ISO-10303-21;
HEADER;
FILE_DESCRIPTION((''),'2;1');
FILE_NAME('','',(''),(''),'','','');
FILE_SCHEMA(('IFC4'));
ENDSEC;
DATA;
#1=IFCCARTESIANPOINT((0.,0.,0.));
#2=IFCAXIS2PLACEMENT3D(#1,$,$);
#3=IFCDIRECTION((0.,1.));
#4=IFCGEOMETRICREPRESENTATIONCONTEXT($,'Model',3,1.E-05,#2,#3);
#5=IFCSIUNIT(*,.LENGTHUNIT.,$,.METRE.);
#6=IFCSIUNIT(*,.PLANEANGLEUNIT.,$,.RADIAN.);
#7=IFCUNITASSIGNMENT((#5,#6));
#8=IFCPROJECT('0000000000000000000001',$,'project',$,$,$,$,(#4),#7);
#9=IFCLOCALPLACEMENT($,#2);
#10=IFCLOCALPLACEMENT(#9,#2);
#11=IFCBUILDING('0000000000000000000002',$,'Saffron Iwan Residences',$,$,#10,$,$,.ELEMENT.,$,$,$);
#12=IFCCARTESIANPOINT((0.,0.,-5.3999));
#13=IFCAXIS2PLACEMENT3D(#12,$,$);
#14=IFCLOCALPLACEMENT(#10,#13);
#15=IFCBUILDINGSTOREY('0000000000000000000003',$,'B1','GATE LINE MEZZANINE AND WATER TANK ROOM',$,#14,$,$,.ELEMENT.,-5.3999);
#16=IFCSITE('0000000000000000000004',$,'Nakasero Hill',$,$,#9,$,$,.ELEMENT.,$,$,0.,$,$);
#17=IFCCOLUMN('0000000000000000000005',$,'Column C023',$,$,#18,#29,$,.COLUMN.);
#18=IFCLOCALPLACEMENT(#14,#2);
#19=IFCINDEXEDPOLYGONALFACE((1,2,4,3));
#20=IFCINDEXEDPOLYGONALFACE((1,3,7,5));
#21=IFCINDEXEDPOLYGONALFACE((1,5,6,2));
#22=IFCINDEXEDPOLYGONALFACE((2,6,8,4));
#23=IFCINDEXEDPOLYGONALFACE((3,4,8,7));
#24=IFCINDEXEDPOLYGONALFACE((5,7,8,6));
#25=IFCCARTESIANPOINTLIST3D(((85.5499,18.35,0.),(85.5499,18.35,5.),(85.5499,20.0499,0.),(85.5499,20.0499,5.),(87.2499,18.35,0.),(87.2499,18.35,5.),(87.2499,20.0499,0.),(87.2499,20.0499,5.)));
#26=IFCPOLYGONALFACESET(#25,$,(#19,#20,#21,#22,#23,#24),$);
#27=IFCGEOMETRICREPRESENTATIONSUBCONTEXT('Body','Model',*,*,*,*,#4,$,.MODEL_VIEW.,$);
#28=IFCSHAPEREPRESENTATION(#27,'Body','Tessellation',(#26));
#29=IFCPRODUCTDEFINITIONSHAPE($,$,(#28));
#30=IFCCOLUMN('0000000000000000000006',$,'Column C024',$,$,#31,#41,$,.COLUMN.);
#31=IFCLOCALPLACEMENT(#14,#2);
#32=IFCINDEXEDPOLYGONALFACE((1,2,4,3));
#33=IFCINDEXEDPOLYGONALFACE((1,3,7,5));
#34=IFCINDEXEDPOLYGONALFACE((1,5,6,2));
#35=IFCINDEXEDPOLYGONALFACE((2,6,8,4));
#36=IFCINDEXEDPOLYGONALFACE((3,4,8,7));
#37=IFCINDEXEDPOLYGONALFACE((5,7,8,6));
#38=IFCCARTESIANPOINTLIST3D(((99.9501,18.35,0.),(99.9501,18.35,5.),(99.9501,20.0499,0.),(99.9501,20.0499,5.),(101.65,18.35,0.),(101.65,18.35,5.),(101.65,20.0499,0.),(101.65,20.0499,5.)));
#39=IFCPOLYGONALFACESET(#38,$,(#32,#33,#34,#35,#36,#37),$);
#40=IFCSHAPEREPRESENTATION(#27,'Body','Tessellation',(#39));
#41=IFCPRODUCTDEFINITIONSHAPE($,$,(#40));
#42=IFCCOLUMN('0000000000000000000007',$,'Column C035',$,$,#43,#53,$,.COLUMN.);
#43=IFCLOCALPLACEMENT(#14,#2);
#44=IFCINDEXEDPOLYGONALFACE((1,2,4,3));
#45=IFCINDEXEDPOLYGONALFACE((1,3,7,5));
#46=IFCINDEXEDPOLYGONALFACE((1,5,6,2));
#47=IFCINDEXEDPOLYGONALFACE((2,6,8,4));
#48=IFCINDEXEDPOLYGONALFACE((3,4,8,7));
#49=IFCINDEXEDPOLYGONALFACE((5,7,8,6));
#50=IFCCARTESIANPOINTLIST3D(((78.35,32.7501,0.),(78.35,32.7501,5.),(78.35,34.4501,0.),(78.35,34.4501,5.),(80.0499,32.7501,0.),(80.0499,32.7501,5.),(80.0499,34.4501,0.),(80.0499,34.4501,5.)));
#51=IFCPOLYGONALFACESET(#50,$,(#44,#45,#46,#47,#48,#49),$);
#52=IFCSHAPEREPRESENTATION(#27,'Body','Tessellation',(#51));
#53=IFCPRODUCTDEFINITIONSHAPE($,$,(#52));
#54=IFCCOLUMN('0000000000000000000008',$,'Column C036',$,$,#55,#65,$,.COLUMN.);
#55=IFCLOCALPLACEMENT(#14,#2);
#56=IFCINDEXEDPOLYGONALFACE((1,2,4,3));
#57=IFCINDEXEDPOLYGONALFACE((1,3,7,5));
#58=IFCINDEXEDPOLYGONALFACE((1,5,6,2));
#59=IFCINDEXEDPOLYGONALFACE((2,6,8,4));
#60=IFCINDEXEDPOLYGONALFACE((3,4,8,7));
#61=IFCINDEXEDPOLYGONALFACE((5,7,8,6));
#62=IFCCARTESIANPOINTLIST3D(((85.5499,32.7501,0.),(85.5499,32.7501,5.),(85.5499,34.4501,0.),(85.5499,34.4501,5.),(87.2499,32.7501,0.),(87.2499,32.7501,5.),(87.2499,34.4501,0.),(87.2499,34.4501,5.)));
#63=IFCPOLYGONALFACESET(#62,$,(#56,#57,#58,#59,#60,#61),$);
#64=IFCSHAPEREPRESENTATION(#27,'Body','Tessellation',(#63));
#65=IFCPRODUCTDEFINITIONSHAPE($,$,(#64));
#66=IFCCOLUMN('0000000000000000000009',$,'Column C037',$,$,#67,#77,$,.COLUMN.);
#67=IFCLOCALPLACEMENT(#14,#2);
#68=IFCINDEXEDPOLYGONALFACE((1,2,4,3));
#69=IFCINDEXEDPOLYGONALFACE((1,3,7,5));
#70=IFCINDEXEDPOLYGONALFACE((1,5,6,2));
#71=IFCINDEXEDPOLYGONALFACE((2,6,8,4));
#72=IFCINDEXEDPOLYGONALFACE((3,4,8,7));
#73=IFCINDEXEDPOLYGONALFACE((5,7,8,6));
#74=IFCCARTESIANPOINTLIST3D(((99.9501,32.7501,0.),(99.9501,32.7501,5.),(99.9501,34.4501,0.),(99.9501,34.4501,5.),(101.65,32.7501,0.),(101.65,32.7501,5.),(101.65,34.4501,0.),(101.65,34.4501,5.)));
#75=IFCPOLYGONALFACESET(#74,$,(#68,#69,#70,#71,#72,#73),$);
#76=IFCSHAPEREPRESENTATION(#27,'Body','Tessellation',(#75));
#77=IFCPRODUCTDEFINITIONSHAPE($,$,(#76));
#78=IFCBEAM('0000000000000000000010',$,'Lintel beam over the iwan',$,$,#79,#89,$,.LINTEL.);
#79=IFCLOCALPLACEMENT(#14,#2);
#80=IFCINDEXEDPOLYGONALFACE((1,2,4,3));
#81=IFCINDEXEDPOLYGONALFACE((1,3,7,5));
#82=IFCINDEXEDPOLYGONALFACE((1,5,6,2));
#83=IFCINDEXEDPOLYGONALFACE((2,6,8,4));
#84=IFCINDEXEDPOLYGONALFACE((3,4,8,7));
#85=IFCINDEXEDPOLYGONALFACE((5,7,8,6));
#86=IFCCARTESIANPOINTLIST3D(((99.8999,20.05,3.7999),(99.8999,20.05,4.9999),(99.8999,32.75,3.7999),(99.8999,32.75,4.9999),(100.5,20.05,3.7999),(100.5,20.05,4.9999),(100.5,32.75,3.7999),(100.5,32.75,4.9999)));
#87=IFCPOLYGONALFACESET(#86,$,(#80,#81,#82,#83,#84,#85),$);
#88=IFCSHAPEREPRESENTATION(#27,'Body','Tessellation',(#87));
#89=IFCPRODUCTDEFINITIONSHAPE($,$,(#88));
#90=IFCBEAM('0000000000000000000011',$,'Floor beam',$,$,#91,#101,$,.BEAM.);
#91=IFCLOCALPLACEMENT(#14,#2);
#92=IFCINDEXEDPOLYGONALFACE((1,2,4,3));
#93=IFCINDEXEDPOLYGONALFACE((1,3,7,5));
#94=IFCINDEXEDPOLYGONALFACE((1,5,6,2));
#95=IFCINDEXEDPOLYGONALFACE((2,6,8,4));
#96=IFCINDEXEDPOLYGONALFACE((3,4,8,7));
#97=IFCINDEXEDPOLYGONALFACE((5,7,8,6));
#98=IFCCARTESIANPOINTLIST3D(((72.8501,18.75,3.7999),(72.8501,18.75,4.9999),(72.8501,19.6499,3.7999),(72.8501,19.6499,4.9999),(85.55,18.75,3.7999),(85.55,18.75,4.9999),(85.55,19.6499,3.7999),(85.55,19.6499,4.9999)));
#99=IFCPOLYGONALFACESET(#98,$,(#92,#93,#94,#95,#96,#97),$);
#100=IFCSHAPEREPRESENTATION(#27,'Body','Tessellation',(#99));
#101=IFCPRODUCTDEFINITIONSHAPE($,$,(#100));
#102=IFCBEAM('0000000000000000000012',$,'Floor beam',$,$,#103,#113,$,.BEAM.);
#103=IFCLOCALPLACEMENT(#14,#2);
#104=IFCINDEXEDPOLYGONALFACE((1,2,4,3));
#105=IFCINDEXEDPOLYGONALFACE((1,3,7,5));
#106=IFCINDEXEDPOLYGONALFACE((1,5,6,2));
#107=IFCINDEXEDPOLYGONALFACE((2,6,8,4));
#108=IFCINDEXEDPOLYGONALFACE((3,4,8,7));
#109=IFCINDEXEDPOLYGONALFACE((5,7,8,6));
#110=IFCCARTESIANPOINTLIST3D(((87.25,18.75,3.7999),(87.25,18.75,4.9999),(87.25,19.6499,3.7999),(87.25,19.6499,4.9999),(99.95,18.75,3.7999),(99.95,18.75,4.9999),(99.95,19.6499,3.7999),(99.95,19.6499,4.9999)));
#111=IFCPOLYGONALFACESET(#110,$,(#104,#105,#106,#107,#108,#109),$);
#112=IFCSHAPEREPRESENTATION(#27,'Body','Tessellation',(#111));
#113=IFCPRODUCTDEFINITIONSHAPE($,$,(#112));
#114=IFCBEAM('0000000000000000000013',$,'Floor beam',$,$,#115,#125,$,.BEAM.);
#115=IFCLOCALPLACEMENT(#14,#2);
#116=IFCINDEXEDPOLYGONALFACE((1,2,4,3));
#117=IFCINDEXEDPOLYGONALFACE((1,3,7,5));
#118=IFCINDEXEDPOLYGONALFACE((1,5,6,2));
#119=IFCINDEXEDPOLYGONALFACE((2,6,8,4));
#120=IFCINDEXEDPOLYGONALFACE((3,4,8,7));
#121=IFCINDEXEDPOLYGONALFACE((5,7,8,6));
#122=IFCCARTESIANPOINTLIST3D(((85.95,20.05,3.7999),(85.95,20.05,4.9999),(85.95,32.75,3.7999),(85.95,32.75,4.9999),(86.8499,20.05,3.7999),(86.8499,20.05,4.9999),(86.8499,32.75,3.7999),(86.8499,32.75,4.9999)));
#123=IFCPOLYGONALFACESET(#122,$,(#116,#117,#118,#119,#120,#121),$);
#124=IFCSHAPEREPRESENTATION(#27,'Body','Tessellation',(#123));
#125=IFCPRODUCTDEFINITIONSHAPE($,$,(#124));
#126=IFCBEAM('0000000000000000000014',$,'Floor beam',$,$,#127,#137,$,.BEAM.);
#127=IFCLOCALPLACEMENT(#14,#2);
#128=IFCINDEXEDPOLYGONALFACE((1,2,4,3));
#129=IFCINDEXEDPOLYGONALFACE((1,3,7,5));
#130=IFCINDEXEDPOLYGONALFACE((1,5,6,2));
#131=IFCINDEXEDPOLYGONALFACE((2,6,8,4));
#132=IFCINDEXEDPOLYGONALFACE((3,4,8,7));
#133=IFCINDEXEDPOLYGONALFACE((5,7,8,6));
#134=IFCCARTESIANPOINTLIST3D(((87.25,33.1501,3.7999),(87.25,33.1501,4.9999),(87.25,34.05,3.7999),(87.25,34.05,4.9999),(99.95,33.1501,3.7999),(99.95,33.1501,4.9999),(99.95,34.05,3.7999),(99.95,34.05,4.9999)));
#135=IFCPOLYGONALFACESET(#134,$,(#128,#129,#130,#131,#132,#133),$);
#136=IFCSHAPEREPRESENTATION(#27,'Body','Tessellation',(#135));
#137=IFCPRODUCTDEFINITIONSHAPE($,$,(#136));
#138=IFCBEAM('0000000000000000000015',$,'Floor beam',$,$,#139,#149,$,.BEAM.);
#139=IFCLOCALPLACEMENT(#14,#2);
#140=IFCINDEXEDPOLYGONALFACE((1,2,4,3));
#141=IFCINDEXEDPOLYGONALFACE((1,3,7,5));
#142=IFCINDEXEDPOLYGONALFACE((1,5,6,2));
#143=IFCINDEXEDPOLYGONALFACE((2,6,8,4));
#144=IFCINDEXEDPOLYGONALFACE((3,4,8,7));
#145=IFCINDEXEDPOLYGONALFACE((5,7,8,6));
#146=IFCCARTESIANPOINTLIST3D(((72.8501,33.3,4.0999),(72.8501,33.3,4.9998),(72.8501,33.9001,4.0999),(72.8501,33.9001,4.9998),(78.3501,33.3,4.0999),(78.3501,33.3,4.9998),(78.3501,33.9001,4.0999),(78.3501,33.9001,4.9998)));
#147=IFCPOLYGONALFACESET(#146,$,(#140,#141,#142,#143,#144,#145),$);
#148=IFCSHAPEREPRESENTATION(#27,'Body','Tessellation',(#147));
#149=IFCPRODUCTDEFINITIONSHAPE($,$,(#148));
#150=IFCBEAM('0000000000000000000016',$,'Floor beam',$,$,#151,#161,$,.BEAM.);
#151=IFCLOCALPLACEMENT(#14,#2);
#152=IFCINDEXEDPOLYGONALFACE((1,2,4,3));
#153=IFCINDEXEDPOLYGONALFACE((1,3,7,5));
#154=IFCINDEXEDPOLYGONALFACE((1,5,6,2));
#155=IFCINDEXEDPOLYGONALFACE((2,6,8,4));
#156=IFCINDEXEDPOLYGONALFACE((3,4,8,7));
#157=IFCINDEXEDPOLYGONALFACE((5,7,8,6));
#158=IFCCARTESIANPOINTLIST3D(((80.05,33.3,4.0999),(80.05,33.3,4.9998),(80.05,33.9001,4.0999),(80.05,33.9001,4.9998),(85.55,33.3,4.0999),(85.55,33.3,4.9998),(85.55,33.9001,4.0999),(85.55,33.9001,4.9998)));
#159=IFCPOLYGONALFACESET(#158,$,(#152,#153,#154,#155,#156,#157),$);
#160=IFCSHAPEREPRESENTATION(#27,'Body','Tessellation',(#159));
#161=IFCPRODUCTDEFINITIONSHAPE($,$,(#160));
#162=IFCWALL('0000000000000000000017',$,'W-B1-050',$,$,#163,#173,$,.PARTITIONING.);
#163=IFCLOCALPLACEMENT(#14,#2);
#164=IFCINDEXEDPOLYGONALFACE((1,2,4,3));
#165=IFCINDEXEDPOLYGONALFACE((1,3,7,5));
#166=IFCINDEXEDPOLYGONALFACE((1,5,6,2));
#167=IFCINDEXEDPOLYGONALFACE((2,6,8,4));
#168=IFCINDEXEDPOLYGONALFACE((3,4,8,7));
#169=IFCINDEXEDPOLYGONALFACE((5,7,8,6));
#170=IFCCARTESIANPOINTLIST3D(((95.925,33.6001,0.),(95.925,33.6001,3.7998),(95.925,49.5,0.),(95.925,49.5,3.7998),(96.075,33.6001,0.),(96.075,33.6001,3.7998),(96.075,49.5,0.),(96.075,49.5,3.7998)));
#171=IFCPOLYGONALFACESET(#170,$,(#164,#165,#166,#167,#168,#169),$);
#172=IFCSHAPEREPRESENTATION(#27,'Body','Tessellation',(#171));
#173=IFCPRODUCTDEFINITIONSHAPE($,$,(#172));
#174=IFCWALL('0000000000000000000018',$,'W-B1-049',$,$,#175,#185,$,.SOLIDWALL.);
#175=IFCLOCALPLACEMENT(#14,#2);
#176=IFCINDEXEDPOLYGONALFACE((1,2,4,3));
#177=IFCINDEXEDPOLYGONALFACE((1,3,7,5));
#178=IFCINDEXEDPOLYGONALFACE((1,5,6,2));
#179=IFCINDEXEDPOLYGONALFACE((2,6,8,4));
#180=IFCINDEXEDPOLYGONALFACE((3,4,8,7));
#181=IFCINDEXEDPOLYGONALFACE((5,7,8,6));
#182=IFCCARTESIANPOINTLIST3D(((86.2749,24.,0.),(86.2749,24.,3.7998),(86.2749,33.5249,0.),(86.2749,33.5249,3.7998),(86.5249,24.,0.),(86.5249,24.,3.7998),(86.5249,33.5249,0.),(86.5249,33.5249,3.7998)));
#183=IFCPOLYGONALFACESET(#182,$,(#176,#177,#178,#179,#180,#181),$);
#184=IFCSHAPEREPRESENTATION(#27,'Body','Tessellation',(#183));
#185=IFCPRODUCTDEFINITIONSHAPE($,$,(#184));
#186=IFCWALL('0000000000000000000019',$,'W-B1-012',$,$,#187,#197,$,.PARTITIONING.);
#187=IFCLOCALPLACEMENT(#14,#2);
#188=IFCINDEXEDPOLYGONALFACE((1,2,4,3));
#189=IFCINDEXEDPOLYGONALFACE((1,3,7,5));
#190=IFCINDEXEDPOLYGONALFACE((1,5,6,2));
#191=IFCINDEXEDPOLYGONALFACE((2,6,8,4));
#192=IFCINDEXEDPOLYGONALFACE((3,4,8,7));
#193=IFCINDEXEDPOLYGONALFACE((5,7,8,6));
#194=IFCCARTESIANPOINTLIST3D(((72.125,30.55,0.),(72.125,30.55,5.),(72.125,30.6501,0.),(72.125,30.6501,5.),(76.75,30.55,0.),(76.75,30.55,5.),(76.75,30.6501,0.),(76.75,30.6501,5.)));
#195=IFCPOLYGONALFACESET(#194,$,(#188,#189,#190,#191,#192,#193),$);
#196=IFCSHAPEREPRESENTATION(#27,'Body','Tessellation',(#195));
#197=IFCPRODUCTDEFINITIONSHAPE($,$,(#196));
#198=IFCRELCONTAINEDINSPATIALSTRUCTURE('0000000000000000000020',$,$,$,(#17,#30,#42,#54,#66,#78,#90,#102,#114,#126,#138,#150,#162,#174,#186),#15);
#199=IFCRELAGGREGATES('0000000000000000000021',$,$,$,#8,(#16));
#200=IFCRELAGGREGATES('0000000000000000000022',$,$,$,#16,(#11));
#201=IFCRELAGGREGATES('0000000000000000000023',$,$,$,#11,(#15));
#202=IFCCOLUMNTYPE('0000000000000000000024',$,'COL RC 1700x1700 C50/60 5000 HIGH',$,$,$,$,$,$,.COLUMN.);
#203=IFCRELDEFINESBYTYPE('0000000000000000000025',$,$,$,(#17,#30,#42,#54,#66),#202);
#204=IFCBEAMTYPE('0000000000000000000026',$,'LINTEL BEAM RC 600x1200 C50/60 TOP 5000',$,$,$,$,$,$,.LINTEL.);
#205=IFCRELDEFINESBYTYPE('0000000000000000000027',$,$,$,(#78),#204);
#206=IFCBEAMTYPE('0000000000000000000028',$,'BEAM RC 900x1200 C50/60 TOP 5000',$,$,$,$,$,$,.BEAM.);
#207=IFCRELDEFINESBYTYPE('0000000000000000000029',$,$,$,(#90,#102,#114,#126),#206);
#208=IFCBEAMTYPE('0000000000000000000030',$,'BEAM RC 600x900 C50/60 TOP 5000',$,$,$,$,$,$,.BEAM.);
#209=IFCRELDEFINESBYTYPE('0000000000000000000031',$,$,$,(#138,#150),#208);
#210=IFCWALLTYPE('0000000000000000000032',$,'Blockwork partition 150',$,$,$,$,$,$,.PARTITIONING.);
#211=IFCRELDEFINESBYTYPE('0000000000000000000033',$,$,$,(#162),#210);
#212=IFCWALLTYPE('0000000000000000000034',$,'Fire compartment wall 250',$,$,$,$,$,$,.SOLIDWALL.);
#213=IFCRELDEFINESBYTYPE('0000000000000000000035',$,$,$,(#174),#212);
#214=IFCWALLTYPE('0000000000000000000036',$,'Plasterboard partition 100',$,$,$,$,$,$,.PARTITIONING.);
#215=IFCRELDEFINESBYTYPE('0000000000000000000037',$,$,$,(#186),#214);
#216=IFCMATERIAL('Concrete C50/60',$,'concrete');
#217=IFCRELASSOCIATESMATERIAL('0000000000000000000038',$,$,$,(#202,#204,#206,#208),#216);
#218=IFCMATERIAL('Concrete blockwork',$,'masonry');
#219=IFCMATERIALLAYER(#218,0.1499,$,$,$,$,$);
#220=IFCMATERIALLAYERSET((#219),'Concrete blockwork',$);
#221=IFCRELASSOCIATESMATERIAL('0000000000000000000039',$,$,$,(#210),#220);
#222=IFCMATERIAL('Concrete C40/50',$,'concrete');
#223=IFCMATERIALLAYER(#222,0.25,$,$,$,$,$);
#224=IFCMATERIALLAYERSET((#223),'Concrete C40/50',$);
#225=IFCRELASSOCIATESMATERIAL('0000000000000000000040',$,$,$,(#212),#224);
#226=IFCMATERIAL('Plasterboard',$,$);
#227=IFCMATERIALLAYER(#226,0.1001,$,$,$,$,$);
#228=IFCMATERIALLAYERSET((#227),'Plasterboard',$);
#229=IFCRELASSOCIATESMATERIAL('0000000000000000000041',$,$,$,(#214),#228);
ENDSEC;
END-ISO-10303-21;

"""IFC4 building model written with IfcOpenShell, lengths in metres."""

from ifc_helpers import new_model, si_unit, direction, frame, frame_2d, origin, origin_2d, place, context, subcontext, project, spatial, rectangle, extrude, source, transform, mapped, material, layer, layer_set, material_profile, profile_set, type_object, element, save


model = new_model("IFC4")

# Units and contexts
model_context = context("Model", 3, precision=1e-05, world=origin(), true_north=direction((0.0, 1.0)))
body_context = subcontext(model_context, "Body", "Model", "MODEL_VIEW")
ifc_project = project(units=[si_unit("LENGTHUNIT", "METRE"), si_unit("PLANEANGLEUNIT", "RADIAN")], contexts=[model_context])

# Site, building, storey
site_placement = place(None, origin())
site = spatial("IfcSite", under=ifc_project, at=site_placement, Name="Nakasero Hill", CompositionType="ELEMENT", RefElevation=0.0)
building_placement = place(site_placement, origin())
building = spatial("IfcBuilding", under=site, at=building_placement, Name="Saffron Iwan Residences", CompositionType="ELEMENT")
storey_placement = place(building_placement, frame((0.0, 0.0, -5.3999)))
storey = spatial("IfcBuildingStorey", under=building, at=storey_placement, Name="B1", Description="GATE LINE MEZZANINE AND WATER TANK ROOM", CompositionType="ELEMENT", Elevation=-5.3999)

# Columns
ifc_material_1 = material(Name="Concrete C50/60", Category="concrete")
ifc_material_profile_1 = material_profile(ifc_material_1, rectangle(XDim=1.7, YDim=1.7, at=origin_2d()), Name="RC 1700x1700")
ifc_profile_set_1 = profile_set([ifc_material_profile_1], Name="Concrete C50/60")
column_type = type_object("IfcColumnType", Name="COL RC 1700x1700 C50/60 5000 HIGH", PredefinedType="COLUMN", material=ifc_profile_set_1)
shared_shape_1 = source(origin(), body_context, "Body", "SweptSolid", [
    extrude(rectangle(XDim=1.7, YDim=1.7, at=origin_2d()), origin(), (0.0, 0.0, 1.0), 5.0),
])
for number, where, z_axis, x_axis, name in (
    (1, (86.3999, 19.2, 0.0), (0.0, 0.0, 1.0), (1.0, 0.0, 0.0), "Column C023"),
    (2, (100.8, 19.2, 0.0), (0.0, 0.0, 1.0), (1.0, 0.0, 0.0), "Column C024"),
    (3, (79.2, 33.6001, 0.0), (0.0, 0.0, 1.0), (1.0, 0.0, 0.0), "Column C035"),
    (4, (86.3999, 33.6001, 0.0), (0.0, 0.0, 1.0), (1.0, 0.0, 0.0), "Column C036"),
    (5, (100.8, 33.6001, 0.0), (0.0, 0.0, 1.0), (1.0, 0.0, 0.0), "Column C037"),
):
    element("IfcColumn", number, at=place(storey_placement, frame(where, z_axis=z_axis, x_axis=x_axis)), inside=storey, type_object=column_type, Name=name, PredefinedType="COLUMN", context=body_context, shape_type="MappedRepresentation", body=[
        mapped(shared_shape_1, transform((0.0, 0.0, 0.0))),
    ])

# Beams
ifc_material_profile_2 = material_profile(ifc_material_1, rectangle(XDim=0.6001, YDim=1.2, at=origin_2d()), Name="RC 600x1200")
ifc_profile_set_2 = profile_set([ifc_material_profile_2], Name="Concrete C50/60")
beam_type_1 = type_object("IfcBeamType", Name="LINTEL BEAM RC 600x1200 C50/60 TOP 5000", PredefinedType="LINTEL", material=ifc_profile_set_2)
shared_shape_2 = source(origin(), body_context, "Body", "SweptSolid", [
    extrude(rectangle(XDim=0.6001, YDim=1.2, at=origin_2d()), origin(), (0.0, 0.0, 1.0), 12.7),
])
beam_placement = place(storey_placement, frame((100.2, 32.75, 4.3999), z_axis=(0.0, -1.0, 0.0), x_axis=(1.0, 0.0, 0.0)))
element("IfcBeam", 6, at=beam_placement, inside=storey, type_object=beam_type_1, Name="Lintel beam over the iwan", PredefinedType="LINTEL", context=body_context, shape_type="MappedRepresentation", body=[
    mapped(shared_shape_2, transform((0.0, 0.0, 0.0))),
])
ifc_material_profile_3 = material_profile(ifc_material_1, rectangle(XDim=0.8999, YDim=1.2, at=origin_2d()), Name="RC 900x1200")
ifc_profile_set_3 = profile_set([ifc_material_profile_3], Name="Concrete C50/60")
beam_type_2 = type_object("IfcBeamType", Name="BEAM RC 900x1200 C50/60 TOP 5000", PredefinedType="BEAM", material=ifc_profile_set_3)
shared_shape_3 = source(origin(), body_context, "Body", "SweptSolid", [
    extrude(rectangle(XDim=0.8999, YDim=1.2, at=origin_2d()), origin(), (0.0, 0.0, 1.0), 12.7),
])
for number, where, z_axis, x_axis, name in (
    (7, (72.8501, 19.2, 4.3999), (1.0, 0.0, 0.0), (0.0, 1.0, 0.0), "Floor beam"),
    (8, (87.25, 19.2, 4.3999), (1.0, 0.0, 0.0), (0.0, 1.0, 0.0), "Floor beam"),
    (9, (86.3999, 20.05, 4.3999), (0.0, 1.0, 0.0), (-1.0, 0.0, 0.0), "Floor beam"),
    (10, (87.25, 33.6001, 4.3999), (1.0, 0.0, 0.0), (0.0, 1.0, 0.0), "Floor beam"),
):
    element("IfcBeam", number, at=place(storey_placement, frame(where, z_axis=z_axis, x_axis=x_axis)), inside=storey, type_object=beam_type_2, Name=name, PredefinedType="BEAM", context=body_context, shape_type="MappedRepresentation", body=[
        mapped(shared_shape_3, transform((0.0, 0.0, 0.0))),
    ])
ifc_material_profile_4 = material_profile(ifc_material_1, rectangle(XDim=0.6001, YDim=0.8999, at=origin_2d()), Name="RC 600x900")
ifc_profile_set_4 = profile_set([ifc_material_profile_4], Name="Concrete C50/60")
beam_type_3 = type_object("IfcBeamType", Name="BEAM RC 600x900 C50/60 TOP 5000", PredefinedType="BEAM", material=ifc_profile_set_4)
shared_shape_4 = source(origin(), body_context, "Body", "SweptSolid", [
    extrude(rectangle(XDim=0.6001, YDim=0.8999, at=origin_2d()), origin(), (0.0, 0.0, 1.0), 5.5),
])
for number, where, z_axis, x_axis, name in (
    (11, (72.8501, 33.6001, 4.5498), (1.0, 0.0, 0.0), (0.0, 1.0, 0.0), "Floor beam"),
    (12, (80.05, 33.6001, 4.5498), (1.0, 0.0, 0.0), (0.0, 1.0, 0.0), "Floor beam"),
):
    element("IfcBeam", number, at=place(storey_placement, frame(where, z_axis=z_axis, x_axis=x_axis)), inside=storey, type_object=beam_type_3, Name=name, PredefinedType="BEAM", context=body_context, shape_type="MappedRepresentation", body=[
        mapped(shared_shape_4, transform((0.0, 0.0, 0.0))),
    ])

# Walls
ifc_material_2 = material(Name="Concrete blockwork", Category="masonry")
ifc_layer_1 = layer(ifc_material_2, 0.1499)
ifc_layer_set_1 = layer_set([ifc_layer_1], Name="Concrete blockwork")
wall_type_1 = type_object("IfcWallType", Name="Blockwork partition 150", PredefinedType="PARTITIONING", material=ifc_layer_set_1)
wall_1_placement = place(storey_placement, frame((96.0, 33.6001, 0.0), z_axis=(0.0, 0.0, 1.0), x_axis=(0.0, 1.0, 0.0)))
element("IfcWall", 13, at=wall_1_placement, inside=storey, type_object=wall_type_1, Name="W-B1-050", PredefinedType="PARTITIONING", context=body_context, shape_type="SweptSolid", body=[
    extrude(rectangle(XDim=15.8999, YDim=0.1499, at=frame_2d((7.95, 0.0))), origin(), (0.0, 0.0, 1.0), 3.7998),
])
ifc_material_3 = material(Name="Concrete C40/50", Category="concrete")
ifc_layer_2 = layer(ifc_material_3, 0.25)
ifc_layer_set_2 = layer_set([ifc_layer_2], Name="Concrete C40/50")
wall_type_2 = type_object("IfcWallType", Name="Fire compartment wall 250", PredefinedType="SOLIDWALL", material=ifc_layer_set_2)
wall_2_placement = place(storey_placement, frame((86.3999, 24.0, 0.0), z_axis=(0.0, 0.0, 1.0), x_axis=(0.0, 1.0, 0.0)))
element("IfcWall", 14, at=wall_2_placement, inside=storey, type_object=wall_type_2, Name="W-B1-049", PredefinedType="SOLIDWALL", context=body_context, shape_type="SweptSolid", body=[
    extrude(rectangle(XDim=9.5249, YDim=0.25, at=frame_2d((4.7625, 0.0))), origin(), (0.0, 0.0, 1.0), 3.7998),
])
ifc_material_4 = material(Name="Plasterboard")
ifc_layer_3 = layer(ifc_material_4, 0.1001)
ifc_layer_set_3 = layer_set([ifc_layer_3], Name="Plasterboard")
wall_type_3 = type_object("IfcWallType", Name="Plasterboard partition 100", PredefinedType="PARTITIONING", material=ifc_layer_set_3)
wall_3_placement = place(storey_placement, frame((72.125, 30.6001, 0.0), z_axis=(0.0, 0.0, 1.0), x_axis=(1.0, 0.0, 0.0)))
element("IfcWall", 15, at=wall_3_placement, inside=storey, type_object=wall_type_3, Name="W-B1-012", PredefinedType="PARTITIONING", context=body_context, shape_type="SweptSolid", body=[
    extrude(rectangle(XDim=4.625, YDim=0.1001, at=frame_2d((2.3125, 0.0))), origin(), (0.0, 0.0, 1.0), 5.0),
])

save(model, "model.ifc")
